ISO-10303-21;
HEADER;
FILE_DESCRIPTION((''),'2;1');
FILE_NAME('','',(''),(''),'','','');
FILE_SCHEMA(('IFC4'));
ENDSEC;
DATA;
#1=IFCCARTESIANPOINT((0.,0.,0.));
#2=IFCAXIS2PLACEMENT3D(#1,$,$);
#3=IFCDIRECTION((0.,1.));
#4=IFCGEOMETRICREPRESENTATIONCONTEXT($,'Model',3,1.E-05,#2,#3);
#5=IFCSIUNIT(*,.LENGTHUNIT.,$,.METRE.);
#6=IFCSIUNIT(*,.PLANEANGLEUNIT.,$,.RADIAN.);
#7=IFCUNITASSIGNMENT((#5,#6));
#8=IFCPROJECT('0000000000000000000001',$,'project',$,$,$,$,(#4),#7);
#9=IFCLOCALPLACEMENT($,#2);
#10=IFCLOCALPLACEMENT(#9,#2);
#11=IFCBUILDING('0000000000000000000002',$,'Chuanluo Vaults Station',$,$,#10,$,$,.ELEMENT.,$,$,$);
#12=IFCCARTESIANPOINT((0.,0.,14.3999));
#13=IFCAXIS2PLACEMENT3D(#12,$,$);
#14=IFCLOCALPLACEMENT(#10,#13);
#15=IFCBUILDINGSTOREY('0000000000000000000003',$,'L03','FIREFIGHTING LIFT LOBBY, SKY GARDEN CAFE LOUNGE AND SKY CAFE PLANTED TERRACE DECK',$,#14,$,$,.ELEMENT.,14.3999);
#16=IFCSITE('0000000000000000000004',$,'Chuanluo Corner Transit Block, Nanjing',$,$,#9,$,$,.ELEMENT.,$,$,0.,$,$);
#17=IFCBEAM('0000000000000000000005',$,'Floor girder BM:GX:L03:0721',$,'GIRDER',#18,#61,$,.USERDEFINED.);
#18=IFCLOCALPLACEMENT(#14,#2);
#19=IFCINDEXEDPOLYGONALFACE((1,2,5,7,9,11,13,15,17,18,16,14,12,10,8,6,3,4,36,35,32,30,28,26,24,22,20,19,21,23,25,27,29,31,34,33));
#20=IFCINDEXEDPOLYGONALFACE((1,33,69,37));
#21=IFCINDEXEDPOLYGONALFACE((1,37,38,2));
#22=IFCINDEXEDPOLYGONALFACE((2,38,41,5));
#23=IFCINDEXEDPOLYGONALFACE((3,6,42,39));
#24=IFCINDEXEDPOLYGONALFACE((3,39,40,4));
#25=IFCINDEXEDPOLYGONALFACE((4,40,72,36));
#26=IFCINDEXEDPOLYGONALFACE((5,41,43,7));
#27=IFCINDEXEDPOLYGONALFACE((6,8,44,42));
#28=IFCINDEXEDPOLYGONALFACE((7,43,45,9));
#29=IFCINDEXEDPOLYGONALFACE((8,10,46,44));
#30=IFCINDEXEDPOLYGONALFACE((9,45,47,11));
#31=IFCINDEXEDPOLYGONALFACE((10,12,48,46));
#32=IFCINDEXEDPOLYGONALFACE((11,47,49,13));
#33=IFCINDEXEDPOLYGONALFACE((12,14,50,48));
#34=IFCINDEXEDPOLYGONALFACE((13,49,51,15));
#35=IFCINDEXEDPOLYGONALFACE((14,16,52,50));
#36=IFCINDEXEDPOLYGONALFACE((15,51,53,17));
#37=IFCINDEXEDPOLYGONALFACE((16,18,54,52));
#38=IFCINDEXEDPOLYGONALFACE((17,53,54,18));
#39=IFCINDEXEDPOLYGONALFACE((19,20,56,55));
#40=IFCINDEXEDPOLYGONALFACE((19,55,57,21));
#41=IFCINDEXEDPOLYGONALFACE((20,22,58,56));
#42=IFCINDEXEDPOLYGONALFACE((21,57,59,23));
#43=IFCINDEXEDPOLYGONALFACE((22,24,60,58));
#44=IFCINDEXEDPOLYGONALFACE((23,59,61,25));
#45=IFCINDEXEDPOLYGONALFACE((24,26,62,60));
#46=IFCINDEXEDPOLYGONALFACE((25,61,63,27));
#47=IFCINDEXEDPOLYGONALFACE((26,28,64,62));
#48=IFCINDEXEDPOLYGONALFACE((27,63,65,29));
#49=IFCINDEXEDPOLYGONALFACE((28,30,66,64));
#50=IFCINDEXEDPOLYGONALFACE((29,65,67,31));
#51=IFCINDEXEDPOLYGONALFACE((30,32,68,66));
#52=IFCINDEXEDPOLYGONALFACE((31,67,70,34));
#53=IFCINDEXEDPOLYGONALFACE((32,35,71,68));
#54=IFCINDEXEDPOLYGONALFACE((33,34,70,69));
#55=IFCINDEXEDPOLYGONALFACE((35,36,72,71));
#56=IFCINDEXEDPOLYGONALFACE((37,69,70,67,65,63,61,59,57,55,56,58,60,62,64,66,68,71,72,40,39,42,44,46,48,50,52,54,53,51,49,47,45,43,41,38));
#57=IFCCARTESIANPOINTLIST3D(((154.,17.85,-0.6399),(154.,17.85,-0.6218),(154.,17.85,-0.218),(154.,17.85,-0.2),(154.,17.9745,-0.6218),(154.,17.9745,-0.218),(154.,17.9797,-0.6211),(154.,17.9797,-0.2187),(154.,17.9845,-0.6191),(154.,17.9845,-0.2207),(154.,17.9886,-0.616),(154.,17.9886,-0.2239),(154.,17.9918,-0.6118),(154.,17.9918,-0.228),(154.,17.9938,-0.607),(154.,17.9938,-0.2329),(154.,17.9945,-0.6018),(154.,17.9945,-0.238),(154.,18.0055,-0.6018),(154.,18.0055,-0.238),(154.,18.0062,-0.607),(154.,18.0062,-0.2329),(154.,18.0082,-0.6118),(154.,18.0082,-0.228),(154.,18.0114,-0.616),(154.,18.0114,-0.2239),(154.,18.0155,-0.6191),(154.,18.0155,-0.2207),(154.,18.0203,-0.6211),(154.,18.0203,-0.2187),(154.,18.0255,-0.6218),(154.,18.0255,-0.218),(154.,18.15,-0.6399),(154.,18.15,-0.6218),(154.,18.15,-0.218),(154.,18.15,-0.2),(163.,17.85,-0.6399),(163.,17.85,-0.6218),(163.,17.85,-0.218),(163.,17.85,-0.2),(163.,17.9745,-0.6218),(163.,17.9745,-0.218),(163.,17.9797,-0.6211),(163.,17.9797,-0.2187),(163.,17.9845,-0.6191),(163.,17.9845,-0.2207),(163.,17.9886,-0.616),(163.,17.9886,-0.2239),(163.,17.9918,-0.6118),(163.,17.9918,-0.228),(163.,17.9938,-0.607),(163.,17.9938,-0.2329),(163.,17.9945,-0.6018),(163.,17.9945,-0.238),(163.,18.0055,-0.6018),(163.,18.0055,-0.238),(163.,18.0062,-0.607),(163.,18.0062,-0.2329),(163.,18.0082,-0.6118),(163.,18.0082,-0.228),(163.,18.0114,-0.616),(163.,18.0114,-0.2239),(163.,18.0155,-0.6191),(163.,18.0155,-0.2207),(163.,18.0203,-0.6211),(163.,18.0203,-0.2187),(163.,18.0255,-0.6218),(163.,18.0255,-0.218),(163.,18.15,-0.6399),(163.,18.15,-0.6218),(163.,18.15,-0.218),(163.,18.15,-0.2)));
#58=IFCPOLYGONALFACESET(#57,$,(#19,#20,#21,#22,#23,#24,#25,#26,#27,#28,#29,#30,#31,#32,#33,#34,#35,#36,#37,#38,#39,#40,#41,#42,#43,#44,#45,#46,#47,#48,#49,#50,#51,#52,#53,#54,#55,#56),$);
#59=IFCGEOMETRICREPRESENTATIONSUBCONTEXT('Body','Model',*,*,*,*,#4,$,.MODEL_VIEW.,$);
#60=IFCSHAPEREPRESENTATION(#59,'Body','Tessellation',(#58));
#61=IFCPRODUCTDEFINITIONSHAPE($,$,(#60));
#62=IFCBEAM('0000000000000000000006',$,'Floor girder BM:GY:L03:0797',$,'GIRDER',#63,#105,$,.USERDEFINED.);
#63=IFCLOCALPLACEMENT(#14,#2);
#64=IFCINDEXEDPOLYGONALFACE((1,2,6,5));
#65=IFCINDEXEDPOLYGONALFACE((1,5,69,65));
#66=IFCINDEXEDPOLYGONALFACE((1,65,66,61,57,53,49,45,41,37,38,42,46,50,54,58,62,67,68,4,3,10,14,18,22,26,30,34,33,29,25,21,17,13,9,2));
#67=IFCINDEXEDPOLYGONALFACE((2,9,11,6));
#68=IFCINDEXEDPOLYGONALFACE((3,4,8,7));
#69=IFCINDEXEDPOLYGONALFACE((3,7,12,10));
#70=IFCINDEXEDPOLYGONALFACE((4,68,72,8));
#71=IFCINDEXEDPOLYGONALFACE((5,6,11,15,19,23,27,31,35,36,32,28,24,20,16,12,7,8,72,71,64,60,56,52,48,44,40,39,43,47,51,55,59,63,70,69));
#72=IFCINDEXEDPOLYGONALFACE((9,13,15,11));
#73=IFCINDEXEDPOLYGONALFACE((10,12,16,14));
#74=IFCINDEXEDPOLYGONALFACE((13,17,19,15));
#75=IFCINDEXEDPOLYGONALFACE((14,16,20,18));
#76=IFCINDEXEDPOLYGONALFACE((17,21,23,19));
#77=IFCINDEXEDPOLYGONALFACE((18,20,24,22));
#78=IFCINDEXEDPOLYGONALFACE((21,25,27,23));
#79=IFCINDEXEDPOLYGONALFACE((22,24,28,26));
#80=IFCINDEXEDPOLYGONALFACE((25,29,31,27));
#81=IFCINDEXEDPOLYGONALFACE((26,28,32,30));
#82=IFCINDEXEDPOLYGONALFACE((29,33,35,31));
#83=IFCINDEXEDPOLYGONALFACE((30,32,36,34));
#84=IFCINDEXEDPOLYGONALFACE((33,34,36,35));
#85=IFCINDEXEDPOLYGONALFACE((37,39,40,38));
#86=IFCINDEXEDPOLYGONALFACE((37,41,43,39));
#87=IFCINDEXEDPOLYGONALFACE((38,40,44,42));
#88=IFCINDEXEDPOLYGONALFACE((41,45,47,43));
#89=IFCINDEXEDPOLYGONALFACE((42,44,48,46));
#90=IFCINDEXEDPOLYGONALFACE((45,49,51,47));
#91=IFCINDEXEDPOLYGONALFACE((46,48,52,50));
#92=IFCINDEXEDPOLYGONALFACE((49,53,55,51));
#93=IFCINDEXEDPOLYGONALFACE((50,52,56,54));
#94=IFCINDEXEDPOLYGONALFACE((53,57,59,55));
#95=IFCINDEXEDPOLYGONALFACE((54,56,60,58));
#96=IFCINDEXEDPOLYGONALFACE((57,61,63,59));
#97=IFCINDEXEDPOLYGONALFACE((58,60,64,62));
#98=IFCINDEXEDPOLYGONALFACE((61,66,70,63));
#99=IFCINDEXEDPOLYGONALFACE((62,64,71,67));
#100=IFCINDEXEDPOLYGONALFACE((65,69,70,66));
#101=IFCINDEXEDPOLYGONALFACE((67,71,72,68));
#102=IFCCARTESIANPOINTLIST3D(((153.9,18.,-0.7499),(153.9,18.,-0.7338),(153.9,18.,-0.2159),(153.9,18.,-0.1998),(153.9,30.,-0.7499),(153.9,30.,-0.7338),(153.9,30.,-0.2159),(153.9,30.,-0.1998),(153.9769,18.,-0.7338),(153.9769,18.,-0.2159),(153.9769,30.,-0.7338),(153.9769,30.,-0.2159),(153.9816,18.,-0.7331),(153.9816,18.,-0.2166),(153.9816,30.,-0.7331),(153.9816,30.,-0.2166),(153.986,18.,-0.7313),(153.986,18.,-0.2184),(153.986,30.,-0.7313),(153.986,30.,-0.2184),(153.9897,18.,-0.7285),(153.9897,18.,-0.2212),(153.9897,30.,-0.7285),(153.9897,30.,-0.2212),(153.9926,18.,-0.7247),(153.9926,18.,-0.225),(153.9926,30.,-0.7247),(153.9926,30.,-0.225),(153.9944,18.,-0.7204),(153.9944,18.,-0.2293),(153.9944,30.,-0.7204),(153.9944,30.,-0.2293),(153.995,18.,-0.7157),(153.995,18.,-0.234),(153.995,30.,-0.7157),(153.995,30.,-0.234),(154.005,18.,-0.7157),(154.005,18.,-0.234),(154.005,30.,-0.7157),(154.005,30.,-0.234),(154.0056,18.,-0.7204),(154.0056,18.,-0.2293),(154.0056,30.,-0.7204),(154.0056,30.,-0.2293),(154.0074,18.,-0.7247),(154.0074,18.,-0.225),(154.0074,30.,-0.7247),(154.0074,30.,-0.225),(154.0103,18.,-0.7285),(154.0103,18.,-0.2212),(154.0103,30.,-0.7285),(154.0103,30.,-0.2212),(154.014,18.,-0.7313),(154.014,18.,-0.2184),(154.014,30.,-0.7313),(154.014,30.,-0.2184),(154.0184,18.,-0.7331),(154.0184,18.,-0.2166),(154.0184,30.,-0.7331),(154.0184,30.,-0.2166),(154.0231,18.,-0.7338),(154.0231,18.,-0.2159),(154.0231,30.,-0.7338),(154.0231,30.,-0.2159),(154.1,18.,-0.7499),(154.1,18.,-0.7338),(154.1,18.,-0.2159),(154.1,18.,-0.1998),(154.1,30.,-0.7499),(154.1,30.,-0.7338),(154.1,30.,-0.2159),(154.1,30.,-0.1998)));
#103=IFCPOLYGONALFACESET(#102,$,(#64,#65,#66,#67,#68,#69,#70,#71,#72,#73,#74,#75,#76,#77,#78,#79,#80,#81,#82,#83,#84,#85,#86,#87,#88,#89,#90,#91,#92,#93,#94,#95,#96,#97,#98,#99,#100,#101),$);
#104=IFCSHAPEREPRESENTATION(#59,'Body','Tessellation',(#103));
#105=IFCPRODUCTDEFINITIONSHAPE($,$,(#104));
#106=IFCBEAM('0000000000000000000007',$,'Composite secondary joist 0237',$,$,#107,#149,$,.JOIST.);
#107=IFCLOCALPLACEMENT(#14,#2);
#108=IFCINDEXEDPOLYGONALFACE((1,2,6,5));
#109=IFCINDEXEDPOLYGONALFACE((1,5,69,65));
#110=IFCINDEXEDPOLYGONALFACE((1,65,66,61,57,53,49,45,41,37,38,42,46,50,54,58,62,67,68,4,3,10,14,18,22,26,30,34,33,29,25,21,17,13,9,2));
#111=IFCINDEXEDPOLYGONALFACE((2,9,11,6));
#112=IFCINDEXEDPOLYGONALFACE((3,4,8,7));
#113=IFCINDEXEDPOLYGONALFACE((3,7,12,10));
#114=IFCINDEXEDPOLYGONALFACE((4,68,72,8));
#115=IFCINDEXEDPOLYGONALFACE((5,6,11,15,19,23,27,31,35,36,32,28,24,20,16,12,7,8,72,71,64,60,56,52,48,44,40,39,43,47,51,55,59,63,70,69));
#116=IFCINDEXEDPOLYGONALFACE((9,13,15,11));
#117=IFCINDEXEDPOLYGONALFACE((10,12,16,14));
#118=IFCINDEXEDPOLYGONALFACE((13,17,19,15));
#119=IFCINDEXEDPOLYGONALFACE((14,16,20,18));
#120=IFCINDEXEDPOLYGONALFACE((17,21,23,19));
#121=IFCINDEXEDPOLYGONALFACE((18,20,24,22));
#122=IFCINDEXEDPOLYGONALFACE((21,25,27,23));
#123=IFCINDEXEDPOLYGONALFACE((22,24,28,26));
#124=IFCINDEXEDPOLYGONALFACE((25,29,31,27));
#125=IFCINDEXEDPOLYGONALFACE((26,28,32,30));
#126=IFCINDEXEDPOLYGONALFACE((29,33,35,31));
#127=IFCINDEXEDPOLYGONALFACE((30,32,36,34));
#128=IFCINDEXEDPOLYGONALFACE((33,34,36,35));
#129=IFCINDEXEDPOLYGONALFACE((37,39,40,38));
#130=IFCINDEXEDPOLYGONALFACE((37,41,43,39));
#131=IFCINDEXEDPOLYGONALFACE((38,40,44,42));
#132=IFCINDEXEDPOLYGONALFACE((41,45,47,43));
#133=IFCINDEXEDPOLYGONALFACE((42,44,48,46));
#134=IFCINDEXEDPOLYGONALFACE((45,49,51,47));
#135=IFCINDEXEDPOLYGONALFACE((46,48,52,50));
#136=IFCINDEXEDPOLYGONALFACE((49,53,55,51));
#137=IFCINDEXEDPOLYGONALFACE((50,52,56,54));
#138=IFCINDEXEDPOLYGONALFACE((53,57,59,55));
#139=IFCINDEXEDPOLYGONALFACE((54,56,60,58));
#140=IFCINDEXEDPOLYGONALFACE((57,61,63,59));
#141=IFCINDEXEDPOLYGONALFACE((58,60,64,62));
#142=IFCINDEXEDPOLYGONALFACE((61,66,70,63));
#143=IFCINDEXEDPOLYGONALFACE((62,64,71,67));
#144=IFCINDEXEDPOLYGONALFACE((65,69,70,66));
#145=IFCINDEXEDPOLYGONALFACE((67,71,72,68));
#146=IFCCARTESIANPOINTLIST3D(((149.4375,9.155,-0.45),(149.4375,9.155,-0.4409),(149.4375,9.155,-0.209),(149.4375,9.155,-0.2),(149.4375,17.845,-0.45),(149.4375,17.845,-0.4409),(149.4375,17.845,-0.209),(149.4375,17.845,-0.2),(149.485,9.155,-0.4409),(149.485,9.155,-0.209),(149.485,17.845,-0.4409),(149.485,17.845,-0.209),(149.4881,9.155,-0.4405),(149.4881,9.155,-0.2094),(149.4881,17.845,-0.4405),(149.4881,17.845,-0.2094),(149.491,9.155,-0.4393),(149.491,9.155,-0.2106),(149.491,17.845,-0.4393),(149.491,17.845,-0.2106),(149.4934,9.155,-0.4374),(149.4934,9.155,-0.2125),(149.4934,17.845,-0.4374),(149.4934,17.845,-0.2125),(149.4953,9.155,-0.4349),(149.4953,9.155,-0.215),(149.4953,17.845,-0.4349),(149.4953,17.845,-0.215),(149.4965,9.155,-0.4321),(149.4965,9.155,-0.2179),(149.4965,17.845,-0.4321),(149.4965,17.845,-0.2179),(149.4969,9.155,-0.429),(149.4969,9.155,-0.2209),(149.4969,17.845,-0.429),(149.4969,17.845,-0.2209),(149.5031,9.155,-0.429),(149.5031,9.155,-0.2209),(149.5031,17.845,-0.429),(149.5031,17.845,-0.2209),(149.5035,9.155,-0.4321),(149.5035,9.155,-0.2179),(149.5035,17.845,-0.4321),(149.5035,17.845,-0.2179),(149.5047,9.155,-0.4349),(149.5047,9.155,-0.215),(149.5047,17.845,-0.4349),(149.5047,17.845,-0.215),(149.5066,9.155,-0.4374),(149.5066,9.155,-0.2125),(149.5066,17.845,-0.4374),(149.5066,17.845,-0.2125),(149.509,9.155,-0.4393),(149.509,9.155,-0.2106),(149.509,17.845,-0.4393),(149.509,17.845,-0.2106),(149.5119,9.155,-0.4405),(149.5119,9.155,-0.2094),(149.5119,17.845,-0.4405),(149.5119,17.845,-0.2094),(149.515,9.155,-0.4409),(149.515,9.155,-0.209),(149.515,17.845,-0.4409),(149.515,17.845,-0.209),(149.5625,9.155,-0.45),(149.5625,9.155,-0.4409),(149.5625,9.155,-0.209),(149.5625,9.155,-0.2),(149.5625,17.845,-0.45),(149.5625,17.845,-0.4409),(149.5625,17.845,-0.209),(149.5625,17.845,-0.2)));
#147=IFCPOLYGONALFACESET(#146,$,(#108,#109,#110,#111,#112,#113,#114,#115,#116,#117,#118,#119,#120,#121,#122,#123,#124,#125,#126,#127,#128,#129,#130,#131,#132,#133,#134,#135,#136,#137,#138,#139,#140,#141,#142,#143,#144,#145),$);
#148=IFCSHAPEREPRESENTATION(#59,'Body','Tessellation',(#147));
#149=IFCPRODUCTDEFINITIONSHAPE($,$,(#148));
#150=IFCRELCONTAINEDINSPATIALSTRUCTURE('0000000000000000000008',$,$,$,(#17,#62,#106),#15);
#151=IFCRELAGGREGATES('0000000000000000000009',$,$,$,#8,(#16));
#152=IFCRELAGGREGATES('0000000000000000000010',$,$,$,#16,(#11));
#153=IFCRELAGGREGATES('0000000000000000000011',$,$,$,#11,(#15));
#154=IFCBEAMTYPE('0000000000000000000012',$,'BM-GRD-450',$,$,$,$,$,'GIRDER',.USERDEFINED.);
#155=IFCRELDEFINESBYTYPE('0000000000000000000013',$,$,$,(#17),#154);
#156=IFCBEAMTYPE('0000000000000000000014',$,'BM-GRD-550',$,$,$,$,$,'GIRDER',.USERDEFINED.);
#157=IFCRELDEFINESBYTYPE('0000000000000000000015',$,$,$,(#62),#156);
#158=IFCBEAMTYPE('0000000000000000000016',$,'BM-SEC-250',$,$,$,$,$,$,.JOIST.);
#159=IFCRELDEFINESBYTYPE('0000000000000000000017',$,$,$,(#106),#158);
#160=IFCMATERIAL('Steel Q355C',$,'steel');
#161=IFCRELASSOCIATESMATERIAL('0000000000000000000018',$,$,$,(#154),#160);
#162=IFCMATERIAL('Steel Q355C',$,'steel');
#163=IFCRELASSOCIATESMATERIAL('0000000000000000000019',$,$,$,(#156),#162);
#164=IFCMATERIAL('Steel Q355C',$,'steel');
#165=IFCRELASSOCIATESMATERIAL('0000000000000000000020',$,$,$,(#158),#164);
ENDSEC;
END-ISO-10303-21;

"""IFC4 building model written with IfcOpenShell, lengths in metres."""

from ifc_helpers import new_model, si_unit, direction, frame, origin, origin_2d, place, context, subcontext, project, spatial, i_section, extrude, material, material_profile, profile_set, type_object, element, save


model = new_model("IFC4")

# Units and contexts
model_context = context("Model", 3, precision=1e-05, world=origin(), true_north=direction((0.0, 1.0)))
body_context = subcontext(model_context, "Body", "Model", "MODEL_VIEW")
ifc_project = project(units=[si_unit("LENGTHUNIT", "METRE"), si_unit("PLANEANGLEUNIT", "RADIAN")], contexts=[model_context])

# Site, building, storey
site_placement = place(None, origin())
site = spatial("IfcSite", under=ifc_project, at=site_placement, Name="Chuanluo Corner Transit Block, Nanjing", CompositionType="ELEMENT", RefElevation=0.0)
building_placement = place(site_placement, origin())
building = spatial("IfcBuilding", under=site, at=building_placement, Name="Chuanluo Vaults Station", CompositionType="ELEMENT")
storey_placement = place(building_placement, frame((0.0, 0.0, 14.3999)))
storey = spatial("IfcBuildingStorey", under=building, at=storey_placement, Name="L03", Description="FIREFIGHTING LIFT LOBBY, SKY GARDEN CAFE LOUNGE AND SKY CAFE PLANTED TERRACE DECK", CompositionType="ELEMENT", Elevation=14.3999)

# Beams
ifc_material_1 = material(Name="Steel Q355C", Category="steel")
ifc_material_profile_1 = material_profile(ifc_material_1, i_section(OverallWidth=0.3, OverallDepth=0.4399, WebThickness=0.011, FlangeThickness=0.0181, FilletRadius=0.02, at=origin_2d()))
ifc_profile_set_1 = profile_set([ifc_material_profile_1], Name="Steel Q355C")
beam_type_1 = type_object("IfcBeamType", Name="BM-GRD-450", ElementType="GIRDER", PredefinedType="USERDEFINED", material=ifc_profile_set_1)
beam_1_placement = place(storey_placement, frame((154.0, 18.0, -0.4199), z_axis=(1.0, 0.0, 0.0), x_axis=(0.0, 1.0, 0.0)))
element("IfcBeam", 1, at=beam_1_placement, inside=storey, type_object=beam_type_1, Name="Floor girder BM:GX:L03:0721", ObjectType="GIRDER", PredefinedType="USERDEFINED", context=body_context, shape_type="SweptSolid", body=[
    extrude(i_section(OverallWidth=0.3, OverallDepth=0.4399, WebThickness=0.011, FlangeThickness=0.0181, FilletRadius=0.02, at=origin_2d()), origin(), (0.0, 0.0, 1.0), 9.0),
])
ifc_material_2 = material(Name="Steel Q355C", Category="steel")
ifc_material_profile_2 = material_profile(ifc_material_2, i_section(OverallWidth=0.2, OverallDepth=0.55, WebThickness=0.01, FlangeThickness=0.0161, FilletRadius=0.0181, at=origin_2d()))
ifc_profile_set_2 = profile_set([ifc_material_profile_2], Name="Steel Q355C")
beam_type_2 = type_object("IfcBeamType", Name="BM-GRD-550", ElementType="GIRDER", PredefinedType="USERDEFINED", material=ifc_profile_set_2)
beam_2_placement = place(storey_placement, frame((154.0, 18.0, -0.4749), z_axis=(0.0, 1.0, 0.0), x_axis=(-1.0, 0.0, 0.0)))
element("IfcBeam", 2, at=beam_2_placement, inside=storey, type_object=beam_type_2, Name="Floor girder BM:GY:L03:0797", ObjectType="GIRDER", PredefinedType="USERDEFINED", context=body_context, shape_type="SweptSolid", body=[
    extrude(i_section(OverallWidth=0.2, OverallDepth=0.55, WebThickness=0.01, FlangeThickness=0.0161, FilletRadius=0.0181, at=origin_2d()), origin(), (0.0, 0.0, 1.0), 12.0),
])
ifc_material_3 = material(Name="Steel Q355C", Category="steel")
ifc_material_profile_3 = material_profile(ifc_material_3, i_section(OverallWidth=0.125, OverallDepth=0.25, WebThickness=0.0061, FlangeThickness=0.009, FilletRadius=0.012, at=origin_2d()))
ifc_profile_set_3 = profile_set([ifc_material_profile_3], Name="Steel Q355C")
beam_type_3 = type_object("IfcBeamType", Name="BM-SEC-250", PredefinedType="JOIST", material=ifc_profile_set_3)
beam_3_placement = place(storey_placement, frame((149.5, 9.155, -0.325), z_axis=(0.0, 1.0, 0.0), x_axis=(-1.0, 0.0, 0.0)))
element("IfcBeam", 3, at=beam_3_placement, inside=storey, type_object=beam_type_3, Name="Composite secondary joist 0237", PredefinedType="JOIST", context=body_context, shape_type="SweptSolid", body=[
    extrude(i_section(OverallWidth=0.125, OverallDepth=0.25, WebThickness=0.0061, FlangeThickness=0.009, FilletRadius=0.012, at=origin_2d()), origin(), (0.0, 0.0, 1.0), 8.6899),
])

save(model, "model.ifc")
